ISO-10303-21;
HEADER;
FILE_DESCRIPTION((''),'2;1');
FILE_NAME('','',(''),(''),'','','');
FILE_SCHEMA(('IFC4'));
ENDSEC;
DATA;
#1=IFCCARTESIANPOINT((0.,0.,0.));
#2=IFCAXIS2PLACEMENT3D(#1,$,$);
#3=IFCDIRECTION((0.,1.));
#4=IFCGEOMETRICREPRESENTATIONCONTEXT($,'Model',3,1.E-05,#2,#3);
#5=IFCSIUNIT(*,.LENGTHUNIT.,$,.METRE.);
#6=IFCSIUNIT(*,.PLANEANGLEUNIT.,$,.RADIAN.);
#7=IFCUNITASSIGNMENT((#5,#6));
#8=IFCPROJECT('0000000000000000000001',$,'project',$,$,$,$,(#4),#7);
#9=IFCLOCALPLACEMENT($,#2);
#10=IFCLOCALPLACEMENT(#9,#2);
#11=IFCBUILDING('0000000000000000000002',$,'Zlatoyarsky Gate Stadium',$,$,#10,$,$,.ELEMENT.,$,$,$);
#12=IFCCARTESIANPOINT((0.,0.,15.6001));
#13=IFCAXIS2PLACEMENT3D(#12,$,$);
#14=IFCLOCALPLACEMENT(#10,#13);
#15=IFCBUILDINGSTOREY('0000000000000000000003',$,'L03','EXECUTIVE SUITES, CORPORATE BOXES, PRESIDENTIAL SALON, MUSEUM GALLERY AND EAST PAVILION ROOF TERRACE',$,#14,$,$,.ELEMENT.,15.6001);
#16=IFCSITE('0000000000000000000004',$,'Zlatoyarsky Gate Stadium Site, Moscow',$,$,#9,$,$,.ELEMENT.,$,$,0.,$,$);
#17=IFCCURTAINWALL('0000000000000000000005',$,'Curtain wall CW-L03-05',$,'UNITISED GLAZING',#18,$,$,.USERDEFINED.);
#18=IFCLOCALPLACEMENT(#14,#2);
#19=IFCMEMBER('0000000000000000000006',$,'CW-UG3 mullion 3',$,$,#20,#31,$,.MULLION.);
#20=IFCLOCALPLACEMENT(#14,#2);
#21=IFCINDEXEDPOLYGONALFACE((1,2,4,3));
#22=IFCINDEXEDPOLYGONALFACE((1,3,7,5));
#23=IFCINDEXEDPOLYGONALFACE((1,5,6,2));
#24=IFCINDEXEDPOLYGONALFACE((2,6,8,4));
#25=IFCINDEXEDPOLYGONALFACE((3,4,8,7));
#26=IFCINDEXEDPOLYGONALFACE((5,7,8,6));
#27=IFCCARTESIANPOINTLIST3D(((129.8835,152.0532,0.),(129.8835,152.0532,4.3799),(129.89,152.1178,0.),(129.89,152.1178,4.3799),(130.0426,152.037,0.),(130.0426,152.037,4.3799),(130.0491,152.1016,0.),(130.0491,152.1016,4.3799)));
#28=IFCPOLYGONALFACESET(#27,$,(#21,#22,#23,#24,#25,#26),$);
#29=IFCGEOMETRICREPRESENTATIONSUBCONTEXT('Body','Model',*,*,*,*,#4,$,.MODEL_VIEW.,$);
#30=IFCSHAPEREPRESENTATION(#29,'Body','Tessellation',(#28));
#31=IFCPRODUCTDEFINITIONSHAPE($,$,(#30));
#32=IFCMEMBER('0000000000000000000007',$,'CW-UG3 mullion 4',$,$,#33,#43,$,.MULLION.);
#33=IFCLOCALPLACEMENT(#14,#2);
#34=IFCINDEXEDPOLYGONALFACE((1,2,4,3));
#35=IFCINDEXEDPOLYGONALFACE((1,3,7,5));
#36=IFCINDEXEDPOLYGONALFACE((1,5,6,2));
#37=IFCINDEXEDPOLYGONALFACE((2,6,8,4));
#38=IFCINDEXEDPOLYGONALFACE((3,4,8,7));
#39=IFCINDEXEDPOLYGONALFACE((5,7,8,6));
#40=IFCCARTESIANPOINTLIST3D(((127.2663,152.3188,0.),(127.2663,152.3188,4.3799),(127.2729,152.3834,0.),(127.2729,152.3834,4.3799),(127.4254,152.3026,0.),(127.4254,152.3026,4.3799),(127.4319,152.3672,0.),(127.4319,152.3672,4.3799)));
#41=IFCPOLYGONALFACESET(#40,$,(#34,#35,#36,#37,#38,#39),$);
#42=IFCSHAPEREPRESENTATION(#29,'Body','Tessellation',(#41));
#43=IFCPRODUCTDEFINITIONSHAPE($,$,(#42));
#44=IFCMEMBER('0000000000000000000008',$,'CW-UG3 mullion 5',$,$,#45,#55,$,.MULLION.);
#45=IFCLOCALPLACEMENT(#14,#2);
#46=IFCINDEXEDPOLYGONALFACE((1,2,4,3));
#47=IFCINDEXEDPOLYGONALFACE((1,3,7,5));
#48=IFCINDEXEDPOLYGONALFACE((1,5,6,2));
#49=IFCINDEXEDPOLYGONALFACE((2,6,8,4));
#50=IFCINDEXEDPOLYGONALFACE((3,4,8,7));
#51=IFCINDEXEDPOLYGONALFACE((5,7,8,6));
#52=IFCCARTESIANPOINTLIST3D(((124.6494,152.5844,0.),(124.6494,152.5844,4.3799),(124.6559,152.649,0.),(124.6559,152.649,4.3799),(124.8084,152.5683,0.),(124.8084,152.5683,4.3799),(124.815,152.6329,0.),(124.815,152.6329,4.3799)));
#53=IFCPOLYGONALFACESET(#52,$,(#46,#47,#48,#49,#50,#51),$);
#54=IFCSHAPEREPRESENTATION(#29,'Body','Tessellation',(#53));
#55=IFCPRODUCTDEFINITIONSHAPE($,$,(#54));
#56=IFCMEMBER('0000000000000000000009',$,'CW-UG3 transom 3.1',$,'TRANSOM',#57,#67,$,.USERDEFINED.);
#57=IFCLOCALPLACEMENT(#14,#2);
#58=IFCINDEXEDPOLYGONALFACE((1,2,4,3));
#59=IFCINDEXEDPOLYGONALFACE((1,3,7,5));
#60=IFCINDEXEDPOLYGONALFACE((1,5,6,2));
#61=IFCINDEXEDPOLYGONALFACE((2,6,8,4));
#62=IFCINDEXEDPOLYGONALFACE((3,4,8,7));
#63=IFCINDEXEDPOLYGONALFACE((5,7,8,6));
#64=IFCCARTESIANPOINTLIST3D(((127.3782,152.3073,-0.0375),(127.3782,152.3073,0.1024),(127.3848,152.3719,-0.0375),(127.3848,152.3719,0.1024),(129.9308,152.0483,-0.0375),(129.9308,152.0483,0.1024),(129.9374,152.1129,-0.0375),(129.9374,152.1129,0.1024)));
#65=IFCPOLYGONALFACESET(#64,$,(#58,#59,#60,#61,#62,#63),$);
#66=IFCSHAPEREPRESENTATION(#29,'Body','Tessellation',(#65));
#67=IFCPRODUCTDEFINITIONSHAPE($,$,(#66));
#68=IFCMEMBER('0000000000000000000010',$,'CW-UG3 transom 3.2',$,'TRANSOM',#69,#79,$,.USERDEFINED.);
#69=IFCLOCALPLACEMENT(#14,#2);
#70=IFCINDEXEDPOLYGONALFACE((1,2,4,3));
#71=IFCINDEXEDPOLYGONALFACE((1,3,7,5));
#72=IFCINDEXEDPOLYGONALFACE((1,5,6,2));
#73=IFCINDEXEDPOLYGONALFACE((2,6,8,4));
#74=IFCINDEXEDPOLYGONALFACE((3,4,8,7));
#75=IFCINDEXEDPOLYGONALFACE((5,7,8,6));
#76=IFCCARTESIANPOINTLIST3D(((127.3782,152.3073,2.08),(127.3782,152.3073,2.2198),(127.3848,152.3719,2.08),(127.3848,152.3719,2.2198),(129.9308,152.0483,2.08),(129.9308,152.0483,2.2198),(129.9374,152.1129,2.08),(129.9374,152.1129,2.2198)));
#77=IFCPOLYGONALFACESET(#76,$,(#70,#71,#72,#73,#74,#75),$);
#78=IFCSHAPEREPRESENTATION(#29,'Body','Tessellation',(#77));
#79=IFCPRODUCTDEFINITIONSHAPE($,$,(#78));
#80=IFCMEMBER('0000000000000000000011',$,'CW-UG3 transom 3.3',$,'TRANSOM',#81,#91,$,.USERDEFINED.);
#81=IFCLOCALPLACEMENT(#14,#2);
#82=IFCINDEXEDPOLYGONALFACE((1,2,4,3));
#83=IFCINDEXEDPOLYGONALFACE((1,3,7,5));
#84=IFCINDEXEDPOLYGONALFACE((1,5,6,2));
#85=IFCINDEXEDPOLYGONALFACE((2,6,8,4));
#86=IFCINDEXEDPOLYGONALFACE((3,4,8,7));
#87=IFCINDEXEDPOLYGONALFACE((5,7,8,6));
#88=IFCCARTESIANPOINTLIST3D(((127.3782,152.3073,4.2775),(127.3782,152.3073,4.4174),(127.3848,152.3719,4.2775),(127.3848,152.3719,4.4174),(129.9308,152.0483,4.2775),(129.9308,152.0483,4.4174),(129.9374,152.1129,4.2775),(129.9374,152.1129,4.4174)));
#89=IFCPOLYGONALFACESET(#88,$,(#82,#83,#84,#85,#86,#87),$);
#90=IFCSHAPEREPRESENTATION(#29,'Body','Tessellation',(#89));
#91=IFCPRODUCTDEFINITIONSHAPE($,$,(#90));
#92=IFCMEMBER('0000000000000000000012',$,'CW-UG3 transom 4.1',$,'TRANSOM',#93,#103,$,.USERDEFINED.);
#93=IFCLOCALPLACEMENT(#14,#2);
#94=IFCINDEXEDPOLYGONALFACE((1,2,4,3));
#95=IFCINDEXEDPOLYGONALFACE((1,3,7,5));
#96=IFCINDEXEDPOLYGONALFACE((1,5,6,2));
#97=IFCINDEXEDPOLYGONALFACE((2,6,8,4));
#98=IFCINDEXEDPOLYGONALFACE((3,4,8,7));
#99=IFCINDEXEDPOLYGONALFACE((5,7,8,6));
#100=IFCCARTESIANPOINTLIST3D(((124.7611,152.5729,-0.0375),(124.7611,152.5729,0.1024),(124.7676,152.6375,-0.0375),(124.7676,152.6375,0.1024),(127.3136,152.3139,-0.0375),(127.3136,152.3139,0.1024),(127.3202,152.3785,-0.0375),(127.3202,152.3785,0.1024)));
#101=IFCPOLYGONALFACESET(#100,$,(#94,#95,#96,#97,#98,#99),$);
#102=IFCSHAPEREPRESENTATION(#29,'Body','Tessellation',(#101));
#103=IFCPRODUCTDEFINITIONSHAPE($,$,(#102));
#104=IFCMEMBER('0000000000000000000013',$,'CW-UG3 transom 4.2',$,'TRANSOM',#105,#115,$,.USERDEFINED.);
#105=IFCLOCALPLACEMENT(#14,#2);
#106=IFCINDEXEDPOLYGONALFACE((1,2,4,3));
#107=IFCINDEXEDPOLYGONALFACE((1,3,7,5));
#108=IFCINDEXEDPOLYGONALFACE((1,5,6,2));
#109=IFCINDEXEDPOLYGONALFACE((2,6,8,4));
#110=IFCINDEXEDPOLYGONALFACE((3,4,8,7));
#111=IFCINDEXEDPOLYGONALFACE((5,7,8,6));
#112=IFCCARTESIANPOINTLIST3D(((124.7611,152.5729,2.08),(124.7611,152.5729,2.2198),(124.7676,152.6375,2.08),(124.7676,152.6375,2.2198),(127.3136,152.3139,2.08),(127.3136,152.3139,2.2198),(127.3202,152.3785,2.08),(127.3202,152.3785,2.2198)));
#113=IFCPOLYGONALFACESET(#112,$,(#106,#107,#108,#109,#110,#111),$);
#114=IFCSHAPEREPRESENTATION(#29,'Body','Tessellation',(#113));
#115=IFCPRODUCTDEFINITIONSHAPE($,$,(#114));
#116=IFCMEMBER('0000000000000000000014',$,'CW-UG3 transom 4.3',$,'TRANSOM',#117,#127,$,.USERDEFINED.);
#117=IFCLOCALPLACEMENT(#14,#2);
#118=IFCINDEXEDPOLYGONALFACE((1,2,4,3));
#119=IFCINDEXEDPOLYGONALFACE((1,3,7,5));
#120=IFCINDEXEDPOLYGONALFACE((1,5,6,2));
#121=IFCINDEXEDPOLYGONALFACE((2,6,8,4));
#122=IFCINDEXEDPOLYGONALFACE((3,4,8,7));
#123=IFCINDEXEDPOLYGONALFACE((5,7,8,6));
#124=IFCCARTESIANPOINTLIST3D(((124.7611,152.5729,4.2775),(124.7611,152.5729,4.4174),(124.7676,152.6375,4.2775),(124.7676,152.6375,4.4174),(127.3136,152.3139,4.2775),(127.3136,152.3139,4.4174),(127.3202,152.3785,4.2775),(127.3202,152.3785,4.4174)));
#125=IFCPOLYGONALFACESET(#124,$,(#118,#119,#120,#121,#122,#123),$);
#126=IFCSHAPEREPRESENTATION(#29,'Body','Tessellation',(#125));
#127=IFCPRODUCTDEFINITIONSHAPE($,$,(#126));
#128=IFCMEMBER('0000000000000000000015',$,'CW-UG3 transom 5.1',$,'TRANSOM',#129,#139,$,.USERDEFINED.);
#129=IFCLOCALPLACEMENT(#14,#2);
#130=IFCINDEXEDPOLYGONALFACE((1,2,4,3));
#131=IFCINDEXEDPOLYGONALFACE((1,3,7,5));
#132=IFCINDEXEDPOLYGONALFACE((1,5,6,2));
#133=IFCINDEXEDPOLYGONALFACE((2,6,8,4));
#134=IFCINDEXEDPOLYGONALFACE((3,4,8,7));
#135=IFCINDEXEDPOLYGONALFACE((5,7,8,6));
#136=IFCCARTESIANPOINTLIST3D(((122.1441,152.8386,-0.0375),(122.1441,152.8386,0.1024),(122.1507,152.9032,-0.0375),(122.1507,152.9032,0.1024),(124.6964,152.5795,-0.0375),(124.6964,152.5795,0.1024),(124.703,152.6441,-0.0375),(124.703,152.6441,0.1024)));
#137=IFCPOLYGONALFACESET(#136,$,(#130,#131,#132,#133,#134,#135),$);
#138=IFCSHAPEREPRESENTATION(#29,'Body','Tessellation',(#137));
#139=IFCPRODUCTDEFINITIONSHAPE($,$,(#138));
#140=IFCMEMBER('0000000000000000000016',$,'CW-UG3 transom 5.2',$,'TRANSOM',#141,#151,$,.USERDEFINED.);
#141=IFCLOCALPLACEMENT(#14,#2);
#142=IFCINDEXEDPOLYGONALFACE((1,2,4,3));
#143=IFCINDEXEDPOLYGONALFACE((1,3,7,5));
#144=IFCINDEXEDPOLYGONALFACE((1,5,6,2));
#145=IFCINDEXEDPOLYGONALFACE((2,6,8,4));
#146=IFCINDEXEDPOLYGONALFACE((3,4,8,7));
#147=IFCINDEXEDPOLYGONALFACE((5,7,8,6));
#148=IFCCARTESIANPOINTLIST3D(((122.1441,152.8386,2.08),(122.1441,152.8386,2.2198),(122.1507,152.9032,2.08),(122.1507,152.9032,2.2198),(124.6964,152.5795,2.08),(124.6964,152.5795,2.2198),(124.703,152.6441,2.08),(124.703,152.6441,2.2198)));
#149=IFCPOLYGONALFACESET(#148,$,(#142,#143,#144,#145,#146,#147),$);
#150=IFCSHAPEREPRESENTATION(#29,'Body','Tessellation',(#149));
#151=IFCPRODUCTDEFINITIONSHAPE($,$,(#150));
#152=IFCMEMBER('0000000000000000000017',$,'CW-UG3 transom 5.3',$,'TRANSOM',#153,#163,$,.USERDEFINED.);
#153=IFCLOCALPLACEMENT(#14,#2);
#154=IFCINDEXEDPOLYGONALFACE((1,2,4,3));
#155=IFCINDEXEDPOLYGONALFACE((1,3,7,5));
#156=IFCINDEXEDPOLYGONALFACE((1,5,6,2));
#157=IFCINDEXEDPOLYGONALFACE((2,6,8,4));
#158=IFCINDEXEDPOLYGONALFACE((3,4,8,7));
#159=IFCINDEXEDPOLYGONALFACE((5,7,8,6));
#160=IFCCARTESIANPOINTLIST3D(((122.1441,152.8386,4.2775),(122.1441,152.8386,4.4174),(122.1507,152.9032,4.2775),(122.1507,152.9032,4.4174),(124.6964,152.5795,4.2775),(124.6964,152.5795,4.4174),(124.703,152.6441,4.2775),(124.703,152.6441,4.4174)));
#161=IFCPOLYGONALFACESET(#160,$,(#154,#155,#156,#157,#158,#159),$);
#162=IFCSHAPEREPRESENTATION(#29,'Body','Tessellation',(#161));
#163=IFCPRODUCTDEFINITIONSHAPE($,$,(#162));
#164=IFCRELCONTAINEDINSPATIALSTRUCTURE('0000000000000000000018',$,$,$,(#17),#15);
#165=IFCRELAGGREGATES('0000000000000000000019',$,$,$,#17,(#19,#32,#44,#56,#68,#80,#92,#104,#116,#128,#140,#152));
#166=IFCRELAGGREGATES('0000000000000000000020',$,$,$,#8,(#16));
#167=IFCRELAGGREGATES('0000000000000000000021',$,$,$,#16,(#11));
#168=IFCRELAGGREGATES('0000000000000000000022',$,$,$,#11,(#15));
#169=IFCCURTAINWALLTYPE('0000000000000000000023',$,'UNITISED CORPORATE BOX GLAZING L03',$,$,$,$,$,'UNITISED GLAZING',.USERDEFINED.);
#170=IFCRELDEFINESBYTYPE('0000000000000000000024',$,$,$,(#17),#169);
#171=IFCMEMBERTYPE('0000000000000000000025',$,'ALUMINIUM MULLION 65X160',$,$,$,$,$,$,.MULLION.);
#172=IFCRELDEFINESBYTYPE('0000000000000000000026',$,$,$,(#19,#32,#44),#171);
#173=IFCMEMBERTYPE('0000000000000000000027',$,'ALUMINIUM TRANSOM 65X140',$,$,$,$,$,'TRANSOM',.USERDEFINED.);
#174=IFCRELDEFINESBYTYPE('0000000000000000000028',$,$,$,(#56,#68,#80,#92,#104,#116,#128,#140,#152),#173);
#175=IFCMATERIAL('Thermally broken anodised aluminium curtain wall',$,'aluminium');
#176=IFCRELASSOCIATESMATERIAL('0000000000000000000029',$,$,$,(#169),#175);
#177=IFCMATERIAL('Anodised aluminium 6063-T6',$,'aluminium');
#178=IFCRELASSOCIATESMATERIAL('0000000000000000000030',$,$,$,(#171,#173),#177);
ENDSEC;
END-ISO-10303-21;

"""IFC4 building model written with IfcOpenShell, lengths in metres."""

from ifc_helpers import new_model, si_unit, direction, frame, origin, origin_2d, place, context, subcontext, project, spatial, rectangle, extrude, material, material_profile, profile_set, type_object, element, aggregate, save


model = new_model("IFC4")

# Units and contexts
model_context = context("Model", 3, precision=1e-05, world=origin(), true_north=direction((0.0, 1.0)))
body_context = subcontext(model_context, "Body", "Model", "MODEL_VIEW")
ifc_project = project(units=[si_unit("LENGTHUNIT", "METRE"), si_unit("PLANEANGLEUNIT", "RADIAN")], contexts=[model_context])

# Site, building, storey
site_placement = place(None, origin())
site = spatial("IfcSite", under=ifc_project, at=site_placement, Name="Zlatoyarsky Gate Stadium Site, Moscow", CompositionType="ELEMENT", RefElevation=0.0)
building_placement = place(site_placement, origin())
building = spatial("IfcBuilding", under=site, at=building_placement, Name="Zlatoyarsky Gate Stadium", CompositionType="ELEMENT")
storey_placement = place(building_placement, frame((0.0, 0.0, 15.6001)))
storey = spatial("IfcBuildingStorey", under=building, at=storey_placement, Name="L03", Description="EXECUTIVE SUITES, CORPORATE BOXES, PRESIDENTIAL SALON, MUSEUM GALLERY AND EAST PAVILION ROOF TERRACE", CompositionType="ELEMENT", Elevation=15.6001)

# Curtain wall, members
ifc_material_1 = material(Name="Thermally broken anodised aluminium curtain wall", Category="aluminium")
curtain_wall_type = type_object("IfcCurtainWallType", Name="UNITISED CORPORATE BOX GLAZING L03", ElementType="UNITISED GLAZING", PredefinedType="USERDEFINED", material=ifc_material_1)
curtain_wall_placement = place(storey_placement, origin())
curtain_wall = element("IfcCurtainWall", 1, at=curtain_wall_placement, inside=storey, type_object=curtain_wall_type, Name="Curtain wall CW-L03-05", ObjectType="UNITISED GLAZING", PredefinedType="USERDEFINED")
ifc_material_2 = material(Name="Anodised aluminium 6063-T6", Category="aluminium")
ifc_material_profile_1 = material_profile(ifc_material_2, rectangle(XDim=0.0649, YDim=0.1599, at=origin_2d()), Name="ALU 65X160")
ifc_profile_set_1 = profile_set([ifc_material_profile_1], Name="Anodised aluminium 6063-T6")
member_type_1 = type_object("IfcMemberType", Name="ALUMINIUM MULLION 65X160", PredefinedType="MULLION", material=ifc_profile_set_1)
member_1_placement = place(storey_placement, frame((129.9663, 152.0774, 0.0), z_axis=(0.0, 0.0, 1.0), x_axis=(-0.100968, -0.99489, 0.0)))
member_1 = element("IfcMember", 2, at=member_1_placement, type_object=member_type_1, Name="CW-UG3 mullion 3", PredefinedType="MULLION", context=body_context, shape_type="SweptSolid", body=[
    extrude(rectangle(XDim=0.0649, YDim=0.1599, at=origin_2d()), origin(), (0.0, 0.0, 1.0), 4.3799),
])
member_2_placement = place(storey_placement, frame((127.3491, 152.343, 0.0), z_axis=(0.0, 0.0, 1.0), x_axis=(-0.100968, -0.99489, 0.0)))
member_2 = element("IfcMember", 3, at=member_2_placement, type_object=member_type_1, Name="CW-UG3 mullion 4", PredefinedType="MULLION", context=body_context, shape_type="SweptSolid", body=[
    extrude(rectangle(XDim=0.0649, YDim=0.1599, at=origin_2d()), origin(), (0.0, 0.0, 1.0), 4.3799),
])
member_3_placement = place(storey_placement, frame((124.7322, 152.6086, 0.0), z_axis=(0.0, 0.0, 1.0), x_axis=(-0.100968, -0.99489, 0.0)))
member_3 = element("IfcMember", 4, at=member_3_placement, type_object=member_type_1, Name="CW-UG3 mullion 5", PredefinedType="MULLION", context=body_context, shape_type="SweptSolid", body=[
    extrude(rectangle(XDim=0.0649, YDim=0.1599, at=origin_2d()), origin(), (0.0, 0.0, 1.0), 4.3799),
])
ifc_material_profile_2 = material_profile(ifc_material_2, rectangle(XDim=0.0649, YDim=0.1399, at=origin_2d()), Name="ALU 65X140")
ifc_profile_set_2 = profile_set([ifc_material_profile_2], Name="Anodised aluminium 6063-T6")
member_type_2 = type_object("IfcMemberType", Name="ALUMINIUM TRANSOM 65X140", ElementType="TRANSOM", PredefinedType="USERDEFINED", material=ifc_profile_set_2)
member_4_placement = place(storey_placement, frame((129.9341, 152.0806, 0.0325), z_axis=(-0.99489, 0.100964, 0.0), x_axis=(-0.100964, -0.99489, 0.0)))
member_4 = element("IfcMember", 5, at=member_4_placement, type_object=member_type_2, Name="CW-UG3 transom 3.1", ObjectType="TRANSOM", PredefinedType="USERDEFINED", context=body_context, shape_type="SweptSolid", body=[
    extrude(rectangle(XDim=0.0649, YDim=0.1399, at=origin_2d()), origin(), (0.0, 0.0, 1.0), 2.5657),
])
member_5_placement = place(storey_placement, frame((129.9341, 152.0806, 2.1499), z_axis=(-0.99489, 0.100964, 0.0), x_axis=(-0.100964, -0.99489, 0.0)))
member_5 = element("IfcMember", 6, at=member_5_placement, type_object=member_type_2, Name="CW-UG3 transom 3.2", ObjectType="TRANSOM", PredefinedType="USERDEFINED", context=body_context, shape_type="SweptSolid", body=[
    extrude(rectangle(XDim=0.0649, YDim=0.1399, at=origin_2d()), origin(), (0.0, 0.0, 1.0), 2.5657),
])
member_6_placement = place(storey_placement, frame((129.9341, 152.0806, 4.3474), z_axis=(-0.99489, 0.100964, 0.0), x_axis=(-0.100964, -0.99489, 0.0)))
member_6 = element("IfcMember", 7, at=member_6_placement, type_object=member_type_2, Name="CW-UG3 transom 3.3", ObjectType="TRANSOM", PredefinedType="USERDEFINED", context=body_context, shape_type="SweptSolid", body=[
    extrude(rectangle(XDim=0.0649, YDim=0.1399, at=origin_2d()), origin(), (0.0, 0.0, 1.0), 2.5657),
])
member_7_placement = place(storey_placement, frame((127.3169, 152.3462, 0.0325), z_axis=(-0.99489, 0.100964, 0.0), x_axis=(-0.100964, -0.99489, 0.0)))
member_7 = element("IfcMember", 8, at=member_7_placement, type_object=member_type_2, Name="CW-UG3 transom 4.1", ObjectType="TRANSOM", PredefinedType="USERDEFINED", context=body_context, shape_type="SweptSolid", body=[
    extrude(rectangle(XDim=0.0649, YDim=0.1399, at=origin_2d()), origin(), (0.0, 0.0, 1.0), 2.5657),
])
member_8_placement = place(storey_placement, frame((127.3169, 152.3462, 2.1499), z_axis=(-0.99489, 0.100964, 0.0), x_axis=(-0.100964, -0.99489, 0.0)))
member_8 = element("IfcMember", 9, at=member_8_placement, type_object=member_type_2, Name="CW-UG3 transom 4.2", ObjectType="TRANSOM", PredefinedType="USERDEFINED", context=body_context, shape_type="SweptSolid", body=[
    extrude(rectangle(XDim=0.0649, YDim=0.1399, at=origin_2d()), origin(), (0.0, 0.0, 1.0), 2.5657),
])
member_9_placement = place(storey_placement, frame((127.3169, 152.3462, 4.3474), z_axis=(-0.99489, 0.100964, 0.0), x_axis=(-0.100964, -0.99489, 0.0)))
member_9 = element("IfcMember", 10, at=member_9_placement, type_object=member_type_2, Name="CW-UG3 transom 4.3", ObjectType="TRANSOM", PredefinedType="USERDEFINED", context=body_context, shape_type="SweptSolid", body=[
    extrude(rectangle(XDim=0.0649, YDim=0.1399, at=origin_2d()), origin(), (0.0, 0.0, 1.0), 2.5657),
])
member_10_placement = place(storey_placement, frame((124.6997, 152.6118, 0.0325), z_axis=(-0.994889, 0.100974, 0.0), x_axis=(-0.100974, -0.994889, 0.0)))
member_10 = element("IfcMember", 11, at=member_10_placement, type_object=member_type_2, Name="CW-UG3 transom 5.1", ObjectType="TRANSOM", PredefinedType="USERDEFINED", context=body_context, shape_type="SweptSolid", body=[
    extrude(rectangle(XDim=0.0649, YDim=0.1399, at=origin_2d()), origin(), (0.0, 0.0, 1.0), 2.5654),
])
member_11_placement = place(storey_placement, frame((124.6997, 152.6118, 2.1499), z_axis=(-0.994889, 0.100974, 0.0), x_axis=(-0.100974, -0.994889, 0.0)))
member_11 = element("IfcMember", 12, at=member_11_placement, type_object=member_type_2, Name="CW-UG3 transom 5.2", ObjectType="TRANSOM", PredefinedType="USERDEFINED", context=body_context, shape_type="SweptSolid", body=[
    extrude(rectangle(XDim=0.0649, YDim=0.1399, at=origin_2d()), origin(), (0.0, 0.0, 1.0), 2.5654),
])
member_12_placement = place(storey_placement, frame((124.6997, 152.6118, 4.3474), z_axis=(-0.994889, 0.100974, 0.0), x_axis=(-0.100974, -0.994889, 0.0)))
member_12 = element("IfcMember", 13, at=member_12_placement, type_object=member_type_2, Name="CW-UG3 transom 5.3", ObjectType="TRANSOM", PredefinedType="USERDEFINED", context=body_context, shape_type="SweptSolid", body=[
    extrude(rectangle(XDim=0.0649, YDim=0.1399, at=origin_2d()), origin(), (0.0, 0.0, 1.0), 2.5654),
])

aggregate(curtain_wall, [member_1, member_2, member_3, member_4, member_5, member_6, member_7, member_8, member_9, member_10, member_11, member_12])

save(model, "model.ifc")
